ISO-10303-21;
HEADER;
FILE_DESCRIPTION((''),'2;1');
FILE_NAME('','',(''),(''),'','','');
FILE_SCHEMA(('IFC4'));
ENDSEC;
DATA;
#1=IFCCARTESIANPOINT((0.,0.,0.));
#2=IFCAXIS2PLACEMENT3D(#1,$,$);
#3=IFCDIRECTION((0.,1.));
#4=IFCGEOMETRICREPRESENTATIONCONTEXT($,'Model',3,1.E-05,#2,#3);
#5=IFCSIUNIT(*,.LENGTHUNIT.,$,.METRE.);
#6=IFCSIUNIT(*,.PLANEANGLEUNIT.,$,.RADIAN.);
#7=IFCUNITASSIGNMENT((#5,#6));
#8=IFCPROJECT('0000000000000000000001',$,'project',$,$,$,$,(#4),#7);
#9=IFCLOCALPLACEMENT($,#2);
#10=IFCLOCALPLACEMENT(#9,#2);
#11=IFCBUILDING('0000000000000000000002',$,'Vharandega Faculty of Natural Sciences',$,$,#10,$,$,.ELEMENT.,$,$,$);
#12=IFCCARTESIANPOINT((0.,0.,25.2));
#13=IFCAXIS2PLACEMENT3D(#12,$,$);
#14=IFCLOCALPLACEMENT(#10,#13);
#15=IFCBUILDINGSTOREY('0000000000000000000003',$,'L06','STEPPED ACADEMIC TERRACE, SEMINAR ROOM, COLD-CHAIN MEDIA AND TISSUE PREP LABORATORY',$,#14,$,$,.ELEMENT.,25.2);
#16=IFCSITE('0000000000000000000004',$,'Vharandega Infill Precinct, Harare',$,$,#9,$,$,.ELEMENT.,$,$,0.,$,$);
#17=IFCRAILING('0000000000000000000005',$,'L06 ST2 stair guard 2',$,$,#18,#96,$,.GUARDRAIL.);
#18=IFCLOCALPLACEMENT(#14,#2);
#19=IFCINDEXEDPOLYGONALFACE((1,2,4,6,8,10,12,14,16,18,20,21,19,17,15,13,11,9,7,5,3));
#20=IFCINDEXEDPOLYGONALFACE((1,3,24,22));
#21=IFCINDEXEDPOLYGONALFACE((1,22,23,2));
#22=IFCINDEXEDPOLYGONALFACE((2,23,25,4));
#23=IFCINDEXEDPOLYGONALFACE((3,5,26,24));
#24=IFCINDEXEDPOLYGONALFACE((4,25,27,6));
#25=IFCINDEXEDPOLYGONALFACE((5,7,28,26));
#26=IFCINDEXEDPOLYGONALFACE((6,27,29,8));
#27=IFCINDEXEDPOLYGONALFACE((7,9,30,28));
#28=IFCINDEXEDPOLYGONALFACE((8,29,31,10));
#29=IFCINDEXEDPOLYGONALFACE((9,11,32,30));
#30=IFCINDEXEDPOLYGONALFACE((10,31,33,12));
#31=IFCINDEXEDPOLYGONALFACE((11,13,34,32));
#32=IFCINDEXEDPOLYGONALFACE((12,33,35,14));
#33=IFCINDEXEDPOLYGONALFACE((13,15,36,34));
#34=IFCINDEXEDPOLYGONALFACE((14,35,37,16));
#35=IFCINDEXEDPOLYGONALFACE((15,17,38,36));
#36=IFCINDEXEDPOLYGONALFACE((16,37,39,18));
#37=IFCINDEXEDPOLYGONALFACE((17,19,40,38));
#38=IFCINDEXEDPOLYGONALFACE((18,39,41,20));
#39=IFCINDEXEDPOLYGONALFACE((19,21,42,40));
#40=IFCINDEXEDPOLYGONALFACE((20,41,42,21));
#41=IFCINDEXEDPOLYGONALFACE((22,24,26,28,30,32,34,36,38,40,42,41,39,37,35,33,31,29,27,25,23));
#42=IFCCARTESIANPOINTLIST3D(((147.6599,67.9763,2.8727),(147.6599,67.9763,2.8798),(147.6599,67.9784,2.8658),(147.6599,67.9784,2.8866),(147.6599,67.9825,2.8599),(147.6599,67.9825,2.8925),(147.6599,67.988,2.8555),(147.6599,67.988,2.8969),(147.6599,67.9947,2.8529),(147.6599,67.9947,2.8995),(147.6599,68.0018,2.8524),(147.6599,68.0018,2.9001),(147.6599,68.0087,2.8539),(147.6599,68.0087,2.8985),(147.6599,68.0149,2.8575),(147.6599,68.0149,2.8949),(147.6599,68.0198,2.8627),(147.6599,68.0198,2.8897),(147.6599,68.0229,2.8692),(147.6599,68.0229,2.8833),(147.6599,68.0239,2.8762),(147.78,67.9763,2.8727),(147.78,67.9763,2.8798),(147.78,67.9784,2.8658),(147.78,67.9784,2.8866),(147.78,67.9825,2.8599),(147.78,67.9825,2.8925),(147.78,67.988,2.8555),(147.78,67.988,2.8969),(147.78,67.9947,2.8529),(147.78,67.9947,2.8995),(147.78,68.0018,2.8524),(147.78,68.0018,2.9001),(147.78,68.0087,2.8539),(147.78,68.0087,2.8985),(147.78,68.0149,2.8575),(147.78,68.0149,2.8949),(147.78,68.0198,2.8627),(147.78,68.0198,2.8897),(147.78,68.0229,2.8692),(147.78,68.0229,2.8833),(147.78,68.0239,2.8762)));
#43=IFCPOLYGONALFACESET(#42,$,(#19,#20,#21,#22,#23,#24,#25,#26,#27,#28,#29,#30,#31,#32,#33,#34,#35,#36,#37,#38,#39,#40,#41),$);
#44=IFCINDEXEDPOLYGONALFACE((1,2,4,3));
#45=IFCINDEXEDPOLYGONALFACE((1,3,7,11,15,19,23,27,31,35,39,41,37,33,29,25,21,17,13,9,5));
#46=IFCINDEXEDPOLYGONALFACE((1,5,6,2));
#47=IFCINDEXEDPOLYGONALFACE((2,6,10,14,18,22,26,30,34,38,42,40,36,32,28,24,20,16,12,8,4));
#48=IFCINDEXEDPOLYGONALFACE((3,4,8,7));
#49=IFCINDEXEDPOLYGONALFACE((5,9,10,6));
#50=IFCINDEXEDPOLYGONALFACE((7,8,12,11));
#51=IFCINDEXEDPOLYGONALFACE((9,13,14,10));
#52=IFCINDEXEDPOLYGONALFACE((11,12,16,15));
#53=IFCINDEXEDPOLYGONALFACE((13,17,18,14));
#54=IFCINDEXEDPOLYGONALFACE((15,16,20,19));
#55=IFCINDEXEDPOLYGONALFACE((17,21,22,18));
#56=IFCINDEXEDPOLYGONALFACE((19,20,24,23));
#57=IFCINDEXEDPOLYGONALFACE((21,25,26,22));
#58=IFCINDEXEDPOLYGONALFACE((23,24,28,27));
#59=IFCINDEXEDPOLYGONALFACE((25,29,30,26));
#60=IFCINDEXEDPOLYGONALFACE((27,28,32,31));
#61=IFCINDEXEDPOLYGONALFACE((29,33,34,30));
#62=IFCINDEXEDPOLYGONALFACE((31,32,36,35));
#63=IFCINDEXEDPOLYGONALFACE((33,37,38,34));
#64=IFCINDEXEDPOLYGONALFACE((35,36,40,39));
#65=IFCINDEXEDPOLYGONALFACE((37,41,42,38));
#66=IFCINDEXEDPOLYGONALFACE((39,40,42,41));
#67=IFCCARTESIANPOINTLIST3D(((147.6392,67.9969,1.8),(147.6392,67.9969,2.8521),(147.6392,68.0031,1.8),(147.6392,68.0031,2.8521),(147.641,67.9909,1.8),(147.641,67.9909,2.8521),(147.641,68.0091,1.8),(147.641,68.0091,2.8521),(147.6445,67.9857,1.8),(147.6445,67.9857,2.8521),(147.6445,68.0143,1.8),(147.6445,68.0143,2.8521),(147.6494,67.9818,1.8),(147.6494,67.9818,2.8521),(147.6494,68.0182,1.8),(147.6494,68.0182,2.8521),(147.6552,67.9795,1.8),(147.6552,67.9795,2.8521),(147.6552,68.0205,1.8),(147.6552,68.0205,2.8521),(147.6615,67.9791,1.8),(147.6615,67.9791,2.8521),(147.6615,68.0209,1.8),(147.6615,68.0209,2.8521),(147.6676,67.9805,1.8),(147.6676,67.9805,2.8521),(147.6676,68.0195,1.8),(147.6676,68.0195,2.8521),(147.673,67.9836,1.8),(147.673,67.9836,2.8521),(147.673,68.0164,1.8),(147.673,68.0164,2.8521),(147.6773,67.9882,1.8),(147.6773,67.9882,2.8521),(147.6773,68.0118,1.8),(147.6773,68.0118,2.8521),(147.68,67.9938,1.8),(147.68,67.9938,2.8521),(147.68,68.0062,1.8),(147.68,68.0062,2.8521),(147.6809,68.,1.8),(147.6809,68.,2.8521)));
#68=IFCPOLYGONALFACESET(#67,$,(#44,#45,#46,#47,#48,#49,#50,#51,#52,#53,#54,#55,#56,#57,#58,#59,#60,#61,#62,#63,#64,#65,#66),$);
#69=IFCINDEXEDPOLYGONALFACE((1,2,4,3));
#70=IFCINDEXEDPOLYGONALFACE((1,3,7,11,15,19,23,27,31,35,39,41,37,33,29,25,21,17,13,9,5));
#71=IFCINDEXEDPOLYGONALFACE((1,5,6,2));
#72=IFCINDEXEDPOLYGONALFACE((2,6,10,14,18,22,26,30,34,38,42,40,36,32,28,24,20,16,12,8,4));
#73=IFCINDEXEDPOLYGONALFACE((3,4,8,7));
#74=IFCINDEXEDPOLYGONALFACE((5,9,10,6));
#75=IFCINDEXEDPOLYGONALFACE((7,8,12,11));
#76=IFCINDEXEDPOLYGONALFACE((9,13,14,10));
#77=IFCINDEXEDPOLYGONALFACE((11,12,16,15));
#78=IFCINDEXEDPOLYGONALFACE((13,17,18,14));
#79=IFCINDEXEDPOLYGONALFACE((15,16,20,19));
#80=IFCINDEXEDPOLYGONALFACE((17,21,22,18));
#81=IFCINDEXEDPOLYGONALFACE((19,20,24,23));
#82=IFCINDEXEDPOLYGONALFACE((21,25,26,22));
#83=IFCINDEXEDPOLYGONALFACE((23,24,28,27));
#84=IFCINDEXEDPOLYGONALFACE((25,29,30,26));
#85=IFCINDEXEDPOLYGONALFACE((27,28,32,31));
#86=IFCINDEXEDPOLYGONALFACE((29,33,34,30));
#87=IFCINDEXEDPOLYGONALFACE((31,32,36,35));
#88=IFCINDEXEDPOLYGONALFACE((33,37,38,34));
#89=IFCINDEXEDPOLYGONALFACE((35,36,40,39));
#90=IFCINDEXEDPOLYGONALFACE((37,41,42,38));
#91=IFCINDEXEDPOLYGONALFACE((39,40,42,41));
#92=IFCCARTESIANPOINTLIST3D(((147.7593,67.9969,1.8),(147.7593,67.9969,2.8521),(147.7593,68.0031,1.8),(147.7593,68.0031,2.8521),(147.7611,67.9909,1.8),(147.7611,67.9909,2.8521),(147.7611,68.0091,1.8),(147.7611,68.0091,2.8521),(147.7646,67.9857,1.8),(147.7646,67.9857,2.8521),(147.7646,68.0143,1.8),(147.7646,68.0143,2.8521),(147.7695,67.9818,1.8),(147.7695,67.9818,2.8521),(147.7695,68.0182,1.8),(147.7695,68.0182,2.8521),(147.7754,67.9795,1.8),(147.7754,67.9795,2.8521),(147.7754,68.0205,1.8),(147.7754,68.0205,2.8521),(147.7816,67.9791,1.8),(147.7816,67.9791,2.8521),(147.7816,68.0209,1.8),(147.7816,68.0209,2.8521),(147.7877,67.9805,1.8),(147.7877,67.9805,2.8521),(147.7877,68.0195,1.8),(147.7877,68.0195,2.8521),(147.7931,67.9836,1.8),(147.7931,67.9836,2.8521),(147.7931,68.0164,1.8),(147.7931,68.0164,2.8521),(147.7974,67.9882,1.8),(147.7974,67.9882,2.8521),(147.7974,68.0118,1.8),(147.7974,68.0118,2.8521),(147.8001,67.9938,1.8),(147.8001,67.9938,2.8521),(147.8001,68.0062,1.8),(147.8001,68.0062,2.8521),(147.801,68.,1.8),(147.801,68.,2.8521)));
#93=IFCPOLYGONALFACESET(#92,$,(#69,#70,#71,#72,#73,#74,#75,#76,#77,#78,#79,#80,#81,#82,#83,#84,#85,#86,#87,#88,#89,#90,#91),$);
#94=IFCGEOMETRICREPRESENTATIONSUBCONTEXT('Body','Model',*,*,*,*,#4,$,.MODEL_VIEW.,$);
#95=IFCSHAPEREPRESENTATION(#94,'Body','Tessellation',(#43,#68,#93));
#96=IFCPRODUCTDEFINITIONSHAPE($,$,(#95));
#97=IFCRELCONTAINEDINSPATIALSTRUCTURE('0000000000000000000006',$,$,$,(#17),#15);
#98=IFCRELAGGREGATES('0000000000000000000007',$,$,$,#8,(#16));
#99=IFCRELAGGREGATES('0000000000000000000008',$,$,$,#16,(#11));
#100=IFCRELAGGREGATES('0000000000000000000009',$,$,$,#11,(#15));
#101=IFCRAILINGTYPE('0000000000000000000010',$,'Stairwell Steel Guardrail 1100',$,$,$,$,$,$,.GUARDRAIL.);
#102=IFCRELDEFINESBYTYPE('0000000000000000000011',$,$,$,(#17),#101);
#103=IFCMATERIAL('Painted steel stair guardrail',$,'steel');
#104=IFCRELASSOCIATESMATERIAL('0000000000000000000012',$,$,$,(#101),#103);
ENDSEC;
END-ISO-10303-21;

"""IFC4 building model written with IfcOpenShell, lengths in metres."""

from ifc_helpers import new_model, si_unit, direction, frame, origin, origin_2d, place, context, subcontext, project, spatial, circle, extrude, material, type_object, element, save


model = new_model("IFC4")

# Units and contexts
model_context = context("Model", 3, precision=1e-05, world=origin(), true_north=direction((0.0, 1.0)))
body_context = subcontext(model_context, "Body", "Model", "MODEL_VIEW")
ifc_project = project(units=[si_unit("LENGTHUNIT", "METRE"), si_unit("PLANEANGLEUNIT", "RADIAN")], contexts=[model_context])

# Site, building, storey
site_placement = place(None, origin())
site = spatial("IfcSite", under=ifc_project, at=site_placement, Name="Vharandega Infill Precinct, Harare", CompositionType="ELEMENT", RefElevation=0.0)
building_placement = place(site_placement, origin())
building = spatial("IfcBuilding", under=site, at=building_placement, Name="Vharandega Faculty of Natural Sciences", CompositionType="ELEMENT")
storey_placement = place(building_placement, frame((0.0, 0.0, 25.2)))
storey = spatial("IfcBuildingStorey", under=building, at=storey_placement, Name="L06", Description="STEPPED ACADEMIC TERRACE, SEMINAR ROOM, COLD-CHAIN MEDIA AND TISSUE PREP LABORATORY", CompositionType="ELEMENT", Elevation=25.2)

# Railing
ifc_material_1 = material(Name="Painted steel stair guardrail", Category="steel")
railing_type_1 = type_object("IfcRailingType", Name="Stairwell Steel Guardrail 1100", PredefinedType="GUARDRAIL", material=ifc_material_1)
railing_1_placement = place(storey_placement, frame((147.6599, 68.0, 1.8)))
element("IfcRailing", 1, at=railing_1_placement, inside=storey, type_object=railing_type_1, Name="L06 ST2 stair guard 2", PredefinedType="GUARDRAIL", context=body_context, shape_type="SweptSolid", body=[
    extrude(circle(Radius=0.0239, at=origin_2d()), frame((0.0, 0.0, 1.0762), z_axis=(1.0, 0.0, 0.0), x_axis=(0.0, 1.0, 0.0)), (0.0, 0.0, 1.0), 0.1201),
    extrude(circle(Radius=0.021, at=origin_2d()), origin(), (0.0, 0.0, 1.0), 1.052),
    extrude(circle(Radius=0.021, at=origin_2d()), frame((0.1201, 0.0, 0.0)), (0.0, 0.0, 1.0), 1.052),
])

save(model, "model.ifc")
